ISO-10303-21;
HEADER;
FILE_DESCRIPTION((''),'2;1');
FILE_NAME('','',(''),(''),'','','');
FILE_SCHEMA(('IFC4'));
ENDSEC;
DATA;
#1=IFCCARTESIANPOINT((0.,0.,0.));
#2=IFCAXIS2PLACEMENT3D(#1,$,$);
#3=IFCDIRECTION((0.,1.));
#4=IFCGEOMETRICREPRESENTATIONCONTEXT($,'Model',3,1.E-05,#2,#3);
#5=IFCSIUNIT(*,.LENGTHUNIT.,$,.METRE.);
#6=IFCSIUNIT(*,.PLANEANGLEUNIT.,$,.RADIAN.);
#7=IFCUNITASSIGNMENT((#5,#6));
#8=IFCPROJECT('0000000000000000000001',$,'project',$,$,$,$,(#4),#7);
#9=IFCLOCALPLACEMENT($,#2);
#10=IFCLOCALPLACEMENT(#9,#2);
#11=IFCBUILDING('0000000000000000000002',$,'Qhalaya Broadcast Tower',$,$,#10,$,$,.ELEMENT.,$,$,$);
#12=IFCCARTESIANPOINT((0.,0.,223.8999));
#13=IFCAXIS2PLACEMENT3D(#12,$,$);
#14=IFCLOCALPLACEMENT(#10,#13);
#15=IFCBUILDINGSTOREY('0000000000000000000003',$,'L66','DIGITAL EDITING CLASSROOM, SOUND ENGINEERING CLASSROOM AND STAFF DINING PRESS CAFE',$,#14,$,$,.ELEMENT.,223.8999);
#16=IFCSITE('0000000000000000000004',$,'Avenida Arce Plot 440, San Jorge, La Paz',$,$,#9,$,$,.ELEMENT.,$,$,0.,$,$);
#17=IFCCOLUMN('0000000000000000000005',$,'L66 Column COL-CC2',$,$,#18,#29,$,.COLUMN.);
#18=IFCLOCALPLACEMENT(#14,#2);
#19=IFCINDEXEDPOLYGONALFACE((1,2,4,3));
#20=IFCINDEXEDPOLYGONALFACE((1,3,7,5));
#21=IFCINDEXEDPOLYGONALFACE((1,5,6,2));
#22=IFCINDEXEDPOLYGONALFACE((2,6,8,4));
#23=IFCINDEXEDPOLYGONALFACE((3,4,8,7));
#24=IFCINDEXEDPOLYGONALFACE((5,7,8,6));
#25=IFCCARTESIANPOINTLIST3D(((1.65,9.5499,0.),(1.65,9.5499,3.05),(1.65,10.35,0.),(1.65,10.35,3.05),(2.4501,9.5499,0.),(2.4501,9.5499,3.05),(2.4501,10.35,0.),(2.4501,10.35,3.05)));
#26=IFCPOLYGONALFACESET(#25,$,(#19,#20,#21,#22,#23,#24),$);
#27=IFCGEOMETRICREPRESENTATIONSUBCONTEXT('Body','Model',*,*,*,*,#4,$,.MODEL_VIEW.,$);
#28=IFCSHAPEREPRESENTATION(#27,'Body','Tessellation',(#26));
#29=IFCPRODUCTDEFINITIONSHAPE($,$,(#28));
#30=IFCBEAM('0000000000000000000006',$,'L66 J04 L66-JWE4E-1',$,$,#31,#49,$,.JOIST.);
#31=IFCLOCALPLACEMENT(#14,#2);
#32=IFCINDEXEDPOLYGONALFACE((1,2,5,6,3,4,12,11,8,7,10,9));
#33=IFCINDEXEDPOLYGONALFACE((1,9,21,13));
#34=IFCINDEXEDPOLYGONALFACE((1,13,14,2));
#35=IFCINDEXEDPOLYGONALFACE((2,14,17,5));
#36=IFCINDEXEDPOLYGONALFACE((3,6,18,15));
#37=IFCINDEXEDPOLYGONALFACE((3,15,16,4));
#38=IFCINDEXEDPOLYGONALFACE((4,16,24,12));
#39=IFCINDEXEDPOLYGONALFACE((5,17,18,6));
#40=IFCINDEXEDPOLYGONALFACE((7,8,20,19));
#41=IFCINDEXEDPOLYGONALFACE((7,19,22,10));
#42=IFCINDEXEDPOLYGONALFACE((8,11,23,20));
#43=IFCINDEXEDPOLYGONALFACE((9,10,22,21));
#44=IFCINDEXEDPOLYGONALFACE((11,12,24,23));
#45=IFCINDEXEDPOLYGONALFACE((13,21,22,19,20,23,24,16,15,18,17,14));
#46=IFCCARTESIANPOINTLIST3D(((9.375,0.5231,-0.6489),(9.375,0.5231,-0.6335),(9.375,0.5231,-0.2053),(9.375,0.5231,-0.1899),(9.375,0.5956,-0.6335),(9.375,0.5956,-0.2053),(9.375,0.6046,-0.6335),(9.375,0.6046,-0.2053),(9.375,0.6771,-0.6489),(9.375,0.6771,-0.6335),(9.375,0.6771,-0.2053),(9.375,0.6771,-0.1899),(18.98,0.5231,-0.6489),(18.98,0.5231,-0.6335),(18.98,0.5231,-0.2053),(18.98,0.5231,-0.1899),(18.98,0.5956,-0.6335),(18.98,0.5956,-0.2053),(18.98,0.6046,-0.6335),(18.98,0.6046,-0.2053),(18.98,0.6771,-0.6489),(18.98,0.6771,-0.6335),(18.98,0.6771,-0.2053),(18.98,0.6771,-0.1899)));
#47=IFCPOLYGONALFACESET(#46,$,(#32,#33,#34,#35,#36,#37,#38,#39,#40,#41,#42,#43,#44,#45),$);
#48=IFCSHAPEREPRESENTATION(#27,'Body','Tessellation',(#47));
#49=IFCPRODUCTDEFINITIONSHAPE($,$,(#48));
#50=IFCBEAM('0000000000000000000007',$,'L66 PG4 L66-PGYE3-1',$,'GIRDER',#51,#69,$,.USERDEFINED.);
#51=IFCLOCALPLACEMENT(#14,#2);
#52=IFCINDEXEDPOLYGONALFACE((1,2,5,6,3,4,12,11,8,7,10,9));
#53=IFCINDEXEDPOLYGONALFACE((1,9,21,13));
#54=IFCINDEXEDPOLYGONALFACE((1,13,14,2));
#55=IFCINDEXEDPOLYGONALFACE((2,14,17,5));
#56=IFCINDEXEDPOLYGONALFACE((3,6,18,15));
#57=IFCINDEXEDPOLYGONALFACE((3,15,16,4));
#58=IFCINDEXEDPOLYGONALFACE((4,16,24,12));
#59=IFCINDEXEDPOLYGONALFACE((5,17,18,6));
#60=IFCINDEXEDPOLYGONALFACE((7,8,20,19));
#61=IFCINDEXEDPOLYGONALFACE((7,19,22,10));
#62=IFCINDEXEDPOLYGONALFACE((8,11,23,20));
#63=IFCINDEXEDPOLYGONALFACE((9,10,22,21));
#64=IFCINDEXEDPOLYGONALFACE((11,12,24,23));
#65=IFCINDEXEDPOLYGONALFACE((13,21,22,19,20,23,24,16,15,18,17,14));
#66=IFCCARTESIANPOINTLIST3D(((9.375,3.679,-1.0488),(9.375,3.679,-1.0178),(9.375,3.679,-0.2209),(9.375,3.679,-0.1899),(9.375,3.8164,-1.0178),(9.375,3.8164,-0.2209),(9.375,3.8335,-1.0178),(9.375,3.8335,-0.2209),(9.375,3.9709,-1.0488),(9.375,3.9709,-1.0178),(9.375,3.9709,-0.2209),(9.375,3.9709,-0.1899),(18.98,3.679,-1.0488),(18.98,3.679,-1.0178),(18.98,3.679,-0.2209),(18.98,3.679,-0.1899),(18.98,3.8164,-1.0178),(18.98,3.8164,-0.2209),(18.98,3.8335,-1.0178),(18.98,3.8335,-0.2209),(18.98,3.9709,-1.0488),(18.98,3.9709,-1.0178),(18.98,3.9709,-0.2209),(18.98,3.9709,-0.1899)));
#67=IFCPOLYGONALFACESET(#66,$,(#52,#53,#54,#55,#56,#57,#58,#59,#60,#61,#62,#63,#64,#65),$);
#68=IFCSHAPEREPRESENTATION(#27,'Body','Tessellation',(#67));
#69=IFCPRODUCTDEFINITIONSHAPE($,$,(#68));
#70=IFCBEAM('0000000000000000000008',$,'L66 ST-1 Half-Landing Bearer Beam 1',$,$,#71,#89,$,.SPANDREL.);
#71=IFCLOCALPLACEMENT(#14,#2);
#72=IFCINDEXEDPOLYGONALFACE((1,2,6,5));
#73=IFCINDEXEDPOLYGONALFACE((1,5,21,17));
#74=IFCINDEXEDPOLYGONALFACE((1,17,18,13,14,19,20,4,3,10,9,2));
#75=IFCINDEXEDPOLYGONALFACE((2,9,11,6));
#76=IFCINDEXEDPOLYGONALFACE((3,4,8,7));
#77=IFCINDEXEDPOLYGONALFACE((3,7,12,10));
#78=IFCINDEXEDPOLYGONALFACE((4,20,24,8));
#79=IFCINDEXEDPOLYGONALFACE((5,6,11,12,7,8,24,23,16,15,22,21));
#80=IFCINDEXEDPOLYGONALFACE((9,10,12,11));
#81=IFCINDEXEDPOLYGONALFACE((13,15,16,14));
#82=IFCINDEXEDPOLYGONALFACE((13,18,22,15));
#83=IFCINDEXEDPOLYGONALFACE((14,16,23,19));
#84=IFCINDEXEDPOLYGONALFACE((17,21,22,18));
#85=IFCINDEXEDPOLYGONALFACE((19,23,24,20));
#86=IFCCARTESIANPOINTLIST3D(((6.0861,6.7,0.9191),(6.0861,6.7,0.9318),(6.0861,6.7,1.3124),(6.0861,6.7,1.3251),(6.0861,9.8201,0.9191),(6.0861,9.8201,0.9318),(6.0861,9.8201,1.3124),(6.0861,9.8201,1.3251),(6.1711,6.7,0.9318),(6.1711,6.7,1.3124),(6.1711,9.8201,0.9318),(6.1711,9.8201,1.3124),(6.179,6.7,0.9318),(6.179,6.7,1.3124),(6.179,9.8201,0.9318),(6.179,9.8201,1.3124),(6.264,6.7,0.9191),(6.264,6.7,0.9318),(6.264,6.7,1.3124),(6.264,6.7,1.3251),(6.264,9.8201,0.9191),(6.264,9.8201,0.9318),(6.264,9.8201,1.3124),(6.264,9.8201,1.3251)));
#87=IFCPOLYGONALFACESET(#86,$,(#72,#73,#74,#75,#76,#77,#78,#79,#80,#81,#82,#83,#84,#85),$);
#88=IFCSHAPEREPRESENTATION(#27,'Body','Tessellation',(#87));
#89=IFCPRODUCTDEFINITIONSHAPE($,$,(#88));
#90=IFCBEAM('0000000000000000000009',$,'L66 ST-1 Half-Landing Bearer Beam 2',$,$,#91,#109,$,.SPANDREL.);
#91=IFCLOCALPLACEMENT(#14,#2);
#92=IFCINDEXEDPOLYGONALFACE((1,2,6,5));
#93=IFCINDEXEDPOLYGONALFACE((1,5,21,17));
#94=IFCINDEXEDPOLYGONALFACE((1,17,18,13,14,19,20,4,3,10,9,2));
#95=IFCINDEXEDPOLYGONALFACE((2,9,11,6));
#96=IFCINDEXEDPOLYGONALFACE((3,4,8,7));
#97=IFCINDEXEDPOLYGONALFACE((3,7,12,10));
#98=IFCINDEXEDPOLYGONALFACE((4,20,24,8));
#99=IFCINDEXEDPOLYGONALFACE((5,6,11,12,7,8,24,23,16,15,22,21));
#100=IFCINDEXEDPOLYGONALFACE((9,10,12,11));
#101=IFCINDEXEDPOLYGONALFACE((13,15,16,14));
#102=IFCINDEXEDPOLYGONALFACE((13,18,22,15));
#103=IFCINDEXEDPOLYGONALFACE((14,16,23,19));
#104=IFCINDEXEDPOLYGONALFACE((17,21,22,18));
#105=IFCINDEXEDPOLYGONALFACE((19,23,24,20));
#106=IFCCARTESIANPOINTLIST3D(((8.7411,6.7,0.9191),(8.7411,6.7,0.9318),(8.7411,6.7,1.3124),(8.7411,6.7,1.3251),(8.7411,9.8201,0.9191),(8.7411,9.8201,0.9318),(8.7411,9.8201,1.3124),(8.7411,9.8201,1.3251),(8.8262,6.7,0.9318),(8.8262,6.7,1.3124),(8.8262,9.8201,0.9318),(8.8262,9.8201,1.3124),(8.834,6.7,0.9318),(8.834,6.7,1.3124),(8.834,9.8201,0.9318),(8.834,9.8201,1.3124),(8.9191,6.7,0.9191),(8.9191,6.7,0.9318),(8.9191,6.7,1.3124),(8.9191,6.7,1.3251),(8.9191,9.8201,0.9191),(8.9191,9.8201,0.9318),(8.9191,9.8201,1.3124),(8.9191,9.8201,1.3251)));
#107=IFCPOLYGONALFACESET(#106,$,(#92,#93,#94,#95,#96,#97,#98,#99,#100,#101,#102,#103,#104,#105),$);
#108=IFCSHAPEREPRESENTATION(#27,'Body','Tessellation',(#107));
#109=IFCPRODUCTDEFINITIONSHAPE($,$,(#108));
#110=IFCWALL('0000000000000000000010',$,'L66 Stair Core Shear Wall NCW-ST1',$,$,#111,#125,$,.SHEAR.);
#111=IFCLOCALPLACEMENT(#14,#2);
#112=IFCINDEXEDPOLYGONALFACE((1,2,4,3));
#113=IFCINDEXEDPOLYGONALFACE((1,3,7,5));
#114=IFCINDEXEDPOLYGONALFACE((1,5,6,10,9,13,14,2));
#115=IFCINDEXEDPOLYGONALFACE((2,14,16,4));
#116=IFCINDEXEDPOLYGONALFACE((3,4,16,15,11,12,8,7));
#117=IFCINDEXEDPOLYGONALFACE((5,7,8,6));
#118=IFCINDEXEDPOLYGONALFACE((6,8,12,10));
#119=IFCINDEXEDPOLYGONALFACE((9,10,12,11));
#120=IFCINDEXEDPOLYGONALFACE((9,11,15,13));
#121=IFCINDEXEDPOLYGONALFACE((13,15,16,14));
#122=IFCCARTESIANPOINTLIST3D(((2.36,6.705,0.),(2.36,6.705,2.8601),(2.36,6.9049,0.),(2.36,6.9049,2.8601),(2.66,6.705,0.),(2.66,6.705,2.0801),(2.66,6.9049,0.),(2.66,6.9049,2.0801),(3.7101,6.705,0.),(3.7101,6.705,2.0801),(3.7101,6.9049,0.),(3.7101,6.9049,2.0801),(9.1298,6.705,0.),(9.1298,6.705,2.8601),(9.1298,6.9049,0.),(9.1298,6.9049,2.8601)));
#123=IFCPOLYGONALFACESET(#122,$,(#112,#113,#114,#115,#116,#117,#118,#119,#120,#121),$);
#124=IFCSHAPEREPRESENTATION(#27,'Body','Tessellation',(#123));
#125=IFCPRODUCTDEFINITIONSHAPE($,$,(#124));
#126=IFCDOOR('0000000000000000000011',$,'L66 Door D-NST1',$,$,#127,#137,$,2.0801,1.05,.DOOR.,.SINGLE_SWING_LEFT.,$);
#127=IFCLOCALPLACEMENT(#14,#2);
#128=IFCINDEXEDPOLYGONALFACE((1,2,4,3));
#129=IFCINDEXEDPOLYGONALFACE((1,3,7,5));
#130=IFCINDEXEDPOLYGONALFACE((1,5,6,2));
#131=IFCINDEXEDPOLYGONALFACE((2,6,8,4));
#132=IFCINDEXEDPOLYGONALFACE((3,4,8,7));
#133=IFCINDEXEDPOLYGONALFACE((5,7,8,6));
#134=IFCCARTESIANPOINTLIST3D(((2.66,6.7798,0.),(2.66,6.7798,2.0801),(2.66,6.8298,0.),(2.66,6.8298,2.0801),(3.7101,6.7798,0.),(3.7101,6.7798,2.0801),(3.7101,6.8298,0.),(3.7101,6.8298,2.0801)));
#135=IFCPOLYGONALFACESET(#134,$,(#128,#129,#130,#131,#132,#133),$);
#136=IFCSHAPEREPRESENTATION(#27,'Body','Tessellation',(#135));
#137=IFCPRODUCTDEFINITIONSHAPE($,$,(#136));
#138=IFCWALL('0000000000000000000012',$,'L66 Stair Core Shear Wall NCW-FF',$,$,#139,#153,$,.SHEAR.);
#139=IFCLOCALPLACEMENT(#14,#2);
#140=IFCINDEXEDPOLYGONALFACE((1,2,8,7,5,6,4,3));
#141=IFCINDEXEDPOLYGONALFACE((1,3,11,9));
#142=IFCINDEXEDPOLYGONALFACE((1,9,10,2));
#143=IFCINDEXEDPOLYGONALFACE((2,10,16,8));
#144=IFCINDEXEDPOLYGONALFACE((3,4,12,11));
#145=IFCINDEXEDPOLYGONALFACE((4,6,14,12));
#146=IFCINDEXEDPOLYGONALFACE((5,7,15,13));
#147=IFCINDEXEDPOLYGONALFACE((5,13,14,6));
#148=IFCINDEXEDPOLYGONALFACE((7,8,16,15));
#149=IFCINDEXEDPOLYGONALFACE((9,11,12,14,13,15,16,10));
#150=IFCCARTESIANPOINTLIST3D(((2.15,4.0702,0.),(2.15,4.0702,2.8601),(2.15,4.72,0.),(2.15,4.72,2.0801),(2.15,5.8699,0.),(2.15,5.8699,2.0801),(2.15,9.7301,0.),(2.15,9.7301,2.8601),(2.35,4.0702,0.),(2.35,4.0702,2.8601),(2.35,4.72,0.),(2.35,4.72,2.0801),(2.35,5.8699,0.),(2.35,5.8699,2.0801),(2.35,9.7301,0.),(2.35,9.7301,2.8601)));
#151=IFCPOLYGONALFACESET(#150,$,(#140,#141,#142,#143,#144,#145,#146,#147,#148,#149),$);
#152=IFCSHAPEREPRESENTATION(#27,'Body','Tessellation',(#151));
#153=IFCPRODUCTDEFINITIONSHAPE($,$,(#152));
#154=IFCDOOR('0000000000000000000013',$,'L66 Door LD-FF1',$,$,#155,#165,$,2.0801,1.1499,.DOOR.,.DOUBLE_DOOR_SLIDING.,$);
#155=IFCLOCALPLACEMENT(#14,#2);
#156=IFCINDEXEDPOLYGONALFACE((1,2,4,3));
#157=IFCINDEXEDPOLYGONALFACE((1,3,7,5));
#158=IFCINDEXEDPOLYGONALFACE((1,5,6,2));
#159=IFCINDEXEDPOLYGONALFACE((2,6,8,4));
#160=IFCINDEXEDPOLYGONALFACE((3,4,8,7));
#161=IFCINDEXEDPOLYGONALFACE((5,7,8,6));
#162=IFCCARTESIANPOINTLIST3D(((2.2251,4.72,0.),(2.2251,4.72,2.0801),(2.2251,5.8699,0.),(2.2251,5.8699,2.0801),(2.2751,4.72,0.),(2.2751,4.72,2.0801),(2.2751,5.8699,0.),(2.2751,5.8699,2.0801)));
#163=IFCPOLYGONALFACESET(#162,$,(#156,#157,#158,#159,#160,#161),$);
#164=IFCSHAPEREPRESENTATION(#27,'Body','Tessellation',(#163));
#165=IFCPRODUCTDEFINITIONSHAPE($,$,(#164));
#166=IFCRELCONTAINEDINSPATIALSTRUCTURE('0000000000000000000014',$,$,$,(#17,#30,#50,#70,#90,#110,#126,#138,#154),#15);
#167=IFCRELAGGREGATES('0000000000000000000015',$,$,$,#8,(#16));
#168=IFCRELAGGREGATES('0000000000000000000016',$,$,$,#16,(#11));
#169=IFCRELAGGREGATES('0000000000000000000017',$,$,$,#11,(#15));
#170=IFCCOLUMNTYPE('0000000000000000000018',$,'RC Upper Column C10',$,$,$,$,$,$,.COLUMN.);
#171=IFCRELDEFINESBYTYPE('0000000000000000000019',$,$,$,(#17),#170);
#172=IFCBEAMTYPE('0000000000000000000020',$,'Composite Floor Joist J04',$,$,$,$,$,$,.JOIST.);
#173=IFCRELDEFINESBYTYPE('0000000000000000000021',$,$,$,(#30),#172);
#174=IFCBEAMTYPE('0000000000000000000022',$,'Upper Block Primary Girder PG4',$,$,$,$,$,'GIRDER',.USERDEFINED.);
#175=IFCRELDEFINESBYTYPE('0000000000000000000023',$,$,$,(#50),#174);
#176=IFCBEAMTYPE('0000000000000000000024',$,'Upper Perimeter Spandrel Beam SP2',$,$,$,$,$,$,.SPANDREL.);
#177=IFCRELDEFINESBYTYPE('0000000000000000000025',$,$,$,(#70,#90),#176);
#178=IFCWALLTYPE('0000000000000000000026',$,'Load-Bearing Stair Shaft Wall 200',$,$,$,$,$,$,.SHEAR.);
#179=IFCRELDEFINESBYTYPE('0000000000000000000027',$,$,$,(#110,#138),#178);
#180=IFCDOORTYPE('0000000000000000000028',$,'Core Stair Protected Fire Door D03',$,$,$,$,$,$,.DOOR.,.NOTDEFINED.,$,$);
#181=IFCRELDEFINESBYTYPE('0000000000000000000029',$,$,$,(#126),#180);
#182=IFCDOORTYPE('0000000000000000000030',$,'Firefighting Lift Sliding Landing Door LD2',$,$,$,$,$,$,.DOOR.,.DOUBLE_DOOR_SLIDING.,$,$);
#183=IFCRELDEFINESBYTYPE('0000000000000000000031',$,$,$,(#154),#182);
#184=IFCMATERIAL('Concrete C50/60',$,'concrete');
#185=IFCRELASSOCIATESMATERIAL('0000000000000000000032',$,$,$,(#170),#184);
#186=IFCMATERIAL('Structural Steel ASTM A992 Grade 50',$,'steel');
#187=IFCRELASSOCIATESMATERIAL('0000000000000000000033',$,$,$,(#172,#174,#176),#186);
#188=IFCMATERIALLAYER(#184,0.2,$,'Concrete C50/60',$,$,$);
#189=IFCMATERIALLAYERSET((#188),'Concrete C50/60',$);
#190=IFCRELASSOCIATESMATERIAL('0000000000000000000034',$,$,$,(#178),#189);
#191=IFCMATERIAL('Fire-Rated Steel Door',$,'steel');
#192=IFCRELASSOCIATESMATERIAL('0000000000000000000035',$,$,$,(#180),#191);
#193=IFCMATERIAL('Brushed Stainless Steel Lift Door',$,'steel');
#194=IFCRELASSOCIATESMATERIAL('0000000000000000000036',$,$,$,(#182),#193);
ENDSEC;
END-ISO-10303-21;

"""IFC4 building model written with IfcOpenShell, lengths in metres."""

from ifc_helpers import new_model, si_unit, direction, frame, frame_2d, origin, origin_2d, place, context, subcontext, project, spatial, rectangle, i_section, extrude, material, layer, layer_set, material_profile, profile_set, type_object, element, fill, save


model = new_model("IFC4")

# Units and contexts
model_context = context("Model", 3, precision=1e-05, world=origin(), true_north=direction((0.0, 1.0)))
body_context = subcontext(model_context, "Body", "Model", "MODEL_VIEW")
ifc_project = project(units=[si_unit("LENGTHUNIT", "METRE"), si_unit("PLANEANGLEUNIT", "RADIAN")], contexts=[model_context])

# Site, building, storey
site_placement = place(None, origin())
site = spatial("IfcSite", under=ifc_project, at=site_placement, Name="Avenida Arce Plot 440, San Jorge, La Paz", CompositionType="ELEMENT", RefElevation=0.0)
building_placement = place(site_placement, origin())
building = spatial("IfcBuilding", under=site, at=building_placement, Name="Qhalaya Broadcast Tower", CompositionType="ELEMENT")
storey_placement = place(building_placement, frame((0.0, 0.0, 223.8999)))
storey = spatial("IfcBuildingStorey", under=building, at=storey_placement, Name="L66", Description="DIGITAL EDITING CLASSROOM, SOUND ENGINEERING CLASSROOM AND STAFF DINING PRESS CAFE", CompositionType="ELEMENT", Elevation=223.8999)

# Column
ifc_material_1 = material(Name="Concrete C50/60", Category="concrete")
ifc_material_profile_1 = material_profile(ifc_material_1, rectangle(XDim=0.8, YDim=0.8, at=origin_2d()), Name="RC-COL 800x800")
ifc_profile_set_1 = profile_set([ifc_material_profile_1], Name="Concrete C50/60")
column_type = type_object("IfcColumnType", Name="RC Upper Column C10", PredefinedType="COLUMN", material=ifc_profile_set_1)
column_placement = place(storey_placement, frame((2.05, 9.95, 0.0), z_axis=(0.0, 0.0, 1.0), x_axis=(1.0, 0.0, 0.0)))
element("IfcColumn", 1, at=column_placement, inside=storey, type_object=column_type, Name="L66 Column COL-CC2", PredefinedType="COLUMN", context=body_context, shape_type="SweptSolid", body=[
    extrude(rectangle(XDim=0.8, YDim=0.8, at=origin_2d()), origin(), (0.0, 0.0, 1.0), 3.05),
])

# Beams
ifc_material_2 = material(Name="Structural Steel ASTM A992 Grade 50", Category="steel")
ifc_material_profile_2 = material_profile(ifc_material_2, i_section(OverallWidth=0.1541, OverallDepth=0.459, WebThickness=0.009, FlangeThickness=0.0154, at=origin_2d()), Name="W18X46")
ifc_profile_set_2 = profile_set([ifc_material_profile_2], Name="Structural Steel ASTM A992 Grade 50")
beam_type_1 = type_object("IfcBeamType", Name="Composite Floor Joist J04", PredefinedType="JOIST", material=ifc_profile_set_2)
beam_1_placement = place(storey_placement, frame((9.375, 0.6001, -0.4194), z_axis=(1.0, 0.0, 0.0), x_axis=(0.0, 1.0, 0.0)))
element("IfcBeam", 2, at=beam_1_placement, inside=storey, type_object=beam_type_1, Name="L66 J04 L66-JWE4E-1", PredefinedType="JOIST", context=body_context, shape_type="SweptSolid", body=[
    extrude(i_section(OverallWidth=0.1541, OverallDepth=0.459, WebThickness=0.009, FlangeThickness=0.0154, at=origin_2d()), origin(), (0.0, 0.0, 1.0), 9.605),
])
ifc_material_profile_3 = material_profile(ifc_material_2, i_section(OverallWidth=0.292, OverallDepth=0.8589, WebThickness=0.0171, FlangeThickness=0.031, at=origin_2d()), Name="W33X169")
ifc_profile_set_3 = profile_set([ifc_material_profile_3], Name="Structural Steel ASTM A992 Grade 50")
beam_type_2 = type_object("IfcBeamType", Name="Upper Block Primary Girder PG4", ElementType="GIRDER", PredefinedType="USERDEFINED", material=ifc_profile_set_3)
beam_2_placement = place(storey_placement, frame((9.375, 3.825, -0.6194), z_axis=(1.0, 0.0, 0.0), x_axis=(0.0, 1.0, 0.0)))
element("IfcBeam", 3, at=beam_2_placement, inside=storey, type_object=beam_type_2, Name="L66 PG4 L66-PGYE3-1", ObjectType="GIRDER", PredefinedType="USERDEFINED", context=body_context, shape_type="SweptSolid", body=[
    extrude(i_section(OverallWidth=0.292, OverallDepth=0.8589, WebThickness=0.0171, FlangeThickness=0.031, at=origin_2d()), origin(), (0.0, 0.0, 1.0), 9.605),
])
ifc_material_profile_4 = material_profile(ifc_material_2, i_section(OverallWidth=0.178, OverallDepth=0.406, WebThickness=0.0078, FlangeThickness=0.0127, at=origin_2d()), Name="W16X40")
ifc_profile_set_4 = profile_set([ifc_material_profile_4], Name="Structural Steel ASTM A992 Grade 50")
beam_type_3 = type_object("IfcBeamType", Name="Upper Perimeter Spandrel Beam SP2", PredefinedType="SPANDREL", material=ifc_profile_set_4)
for number, where, z_axis, x_axis, name in (
    (4, (6.175, 6.7, 1.1221), (0.0, 1.0, 0.0), (-1.0, 0.0, 0.0), "L66 ST-1 Half-Landing Bearer Beam 1"),
    (5, (8.8301, 6.7, 1.1221), (0.0, 1.0, 0.0), (-1.0, 0.0, 0.0), "L66 ST-1 Half-Landing Bearer Beam 2"),
):
    element("IfcBeam", number, at=place(storey_placement, frame(where, z_axis=z_axis, x_axis=x_axis)), inside=storey, type_object=beam_type_3, Name=name, PredefinedType="SPANDREL", context=body_context, shape_type="SweptSolid", body=[
        extrude(i_section(OverallWidth=0.178, OverallDepth=0.406, WebThickness=0.0078, FlangeThickness=0.0127, at=origin_2d()), origin(), (0.0, 0.0, 1.0), 3.1201),
    ])

# Walls, openings, doors
ifc_layer_1 = layer(ifc_material_1, 0.2, Name="Concrete C50/60")
ifc_layer_set_1 = layer_set([ifc_layer_1], Name="Concrete C50/60")
wall_type_1 = type_object("IfcWallType", Name="Load-Bearing Stair Shaft Wall 200", PredefinedType="SHEAR", material=ifc_layer_set_1)
wall_1_placement = place(storey_placement, frame((2.3601, 6.8049, 0.0), z_axis=(0.0, 0.0, 1.0), x_axis=(1.0, 0.0, 0.0)))
wall_1 = element("IfcWall", 6, at=wall_1_placement, inside=storey, type_object=wall_type_1, Name="L66 Stair Core Shear Wall NCW-ST1", PredefinedType="SHEAR", context=body_context, shape_type="SweptSolid", body=[
    extrude(rectangle(XDim=6.7698, YDim=0.2, at=frame_2d((3.3848, 0.0))), origin(), (0.0, 0.0, 1.0), 2.8601),
])
opening_1_placement = place(wall_1_placement, frame((0.3, 0.0, 0.0)))
opening_1 = element("IfcOpeningElement", 7, at=opening_1_placement, cuts=wall_1, PredefinedType="OPENING", context=body_context, shape_type="SweptSolid", body=[
    extrude(rectangle(XDim=1.05, YDim=2.0801, at=frame_2d((0.5249, 1.04))), frame((0.0, 0.1121, 0.0), z_axis=(0.0, -1.0, 0.0), x_axis=(1.0, 0.0, 0.0)), (0.0, 0.0, 1.0), 0.2239),
])
ifc_material_3 = material(Name="Fire-Rated Steel Door", Category="steel")
door_type_1 = type_object("IfcDoorType", Name="Core Stair Protected Fire Door D03", OperationType="NOTDEFINED", PredefinedType="DOOR", material=ifc_material_3)
door_1_placement = place(opening_1_placement, origin())
door_1 = element("IfcDoor", 8, at=door_1_placement, inside=storey, type_object=door_type_1, Name="L66 Door D-NST1", OperationType="SINGLE_SWING_LEFT", OverallHeight=2.0801, OverallWidth=1.05, PredefinedType="DOOR", context=body_context, shape_type="SweptSolid", body=[
    extrude(rectangle(XDim=1.05, YDim=2.0801, at=frame_2d((0.5249, 1.04))), frame((0.0, 0.0249, 0.0), z_axis=(0.0, -1.0, 0.0), x_axis=(1.0, 0.0, 0.0)), (0.0, 0.0, 1.0), 0.05),
])
fill(opening_1, door_1)
wall_2_placement = place(storey_placement, frame((2.25, 4.0701, 0.0), z_axis=(0.0, 0.0, 1.0), x_axis=(0.0, 1.0, 0.0)))
wall_2 = element("IfcWall", 9, at=wall_2_placement, inside=storey, type_object=wall_type_1, Name="L66 Stair Core Shear Wall NCW-FF", PredefinedType="SHEAR", context=body_context, shape_type="SweptSolid", body=[
    extrude(rectangle(XDim=5.6599, YDim=0.2, at=frame_2d((2.8301, 0.0))), origin(), (0.0, 0.0, 1.0), 2.8601),
])
opening_2_placement = place(wall_2_placement, frame((0.6499, 0.0, 0.0)))
opening_2 = element("IfcOpeningElement", 10, at=opening_2_placement, cuts=wall_2, PredefinedType="OPENING", context=body_context, shape_type="SweptSolid", body=[
    extrude(rectangle(XDim=1.1499, YDim=2.0801, at=frame_2d((0.575, 1.04))), frame((0.0, 0.1121, 0.0), z_axis=(0.0, -1.0, 0.0), x_axis=(1.0, 0.0, 0.0)), (0.0, 0.0, 1.0), 0.2239),
])
ifc_material_4 = material(Name="Brushed Stainless Steel Lift Door", Category="steel")
door_type_2 = type_object("IfcDoorType", Name="Firefighting Lift Sliding Landing Door LD2", OperationType="DOUBLE_DOOR_SLIDING", PredefinedType="DOOR", material=ifc_material_4)
door_2_placement = place(opening_2_placement, origin())
door_2 = element("IfcDoor", 11, at=door_2_placement, inside=storey, type_object=door_type_2, Name="L66 Door LD-FF1", OperationType="DOUBLE_DOOR_SLIDING", OverallHeight=2.0801, OverallWidth=1.1499, PredefinedType="DOOR", context=body_context, shape_type="SweptSolid", body=[
    extrude(rectangle(XDim=1.1499, YDim=2.0801, at=frame_2d((0.575, 1.04))), frame((0.0, 0.0249, 0.0), z_axis=(0.0, -1.0, 0.0), x_axis=(1.0, 0.0, 0.0)), (0.0, 0.0, 1.0), 0.05),
])
fill(opening_2, door_2)

save(model, "model.ifc")
